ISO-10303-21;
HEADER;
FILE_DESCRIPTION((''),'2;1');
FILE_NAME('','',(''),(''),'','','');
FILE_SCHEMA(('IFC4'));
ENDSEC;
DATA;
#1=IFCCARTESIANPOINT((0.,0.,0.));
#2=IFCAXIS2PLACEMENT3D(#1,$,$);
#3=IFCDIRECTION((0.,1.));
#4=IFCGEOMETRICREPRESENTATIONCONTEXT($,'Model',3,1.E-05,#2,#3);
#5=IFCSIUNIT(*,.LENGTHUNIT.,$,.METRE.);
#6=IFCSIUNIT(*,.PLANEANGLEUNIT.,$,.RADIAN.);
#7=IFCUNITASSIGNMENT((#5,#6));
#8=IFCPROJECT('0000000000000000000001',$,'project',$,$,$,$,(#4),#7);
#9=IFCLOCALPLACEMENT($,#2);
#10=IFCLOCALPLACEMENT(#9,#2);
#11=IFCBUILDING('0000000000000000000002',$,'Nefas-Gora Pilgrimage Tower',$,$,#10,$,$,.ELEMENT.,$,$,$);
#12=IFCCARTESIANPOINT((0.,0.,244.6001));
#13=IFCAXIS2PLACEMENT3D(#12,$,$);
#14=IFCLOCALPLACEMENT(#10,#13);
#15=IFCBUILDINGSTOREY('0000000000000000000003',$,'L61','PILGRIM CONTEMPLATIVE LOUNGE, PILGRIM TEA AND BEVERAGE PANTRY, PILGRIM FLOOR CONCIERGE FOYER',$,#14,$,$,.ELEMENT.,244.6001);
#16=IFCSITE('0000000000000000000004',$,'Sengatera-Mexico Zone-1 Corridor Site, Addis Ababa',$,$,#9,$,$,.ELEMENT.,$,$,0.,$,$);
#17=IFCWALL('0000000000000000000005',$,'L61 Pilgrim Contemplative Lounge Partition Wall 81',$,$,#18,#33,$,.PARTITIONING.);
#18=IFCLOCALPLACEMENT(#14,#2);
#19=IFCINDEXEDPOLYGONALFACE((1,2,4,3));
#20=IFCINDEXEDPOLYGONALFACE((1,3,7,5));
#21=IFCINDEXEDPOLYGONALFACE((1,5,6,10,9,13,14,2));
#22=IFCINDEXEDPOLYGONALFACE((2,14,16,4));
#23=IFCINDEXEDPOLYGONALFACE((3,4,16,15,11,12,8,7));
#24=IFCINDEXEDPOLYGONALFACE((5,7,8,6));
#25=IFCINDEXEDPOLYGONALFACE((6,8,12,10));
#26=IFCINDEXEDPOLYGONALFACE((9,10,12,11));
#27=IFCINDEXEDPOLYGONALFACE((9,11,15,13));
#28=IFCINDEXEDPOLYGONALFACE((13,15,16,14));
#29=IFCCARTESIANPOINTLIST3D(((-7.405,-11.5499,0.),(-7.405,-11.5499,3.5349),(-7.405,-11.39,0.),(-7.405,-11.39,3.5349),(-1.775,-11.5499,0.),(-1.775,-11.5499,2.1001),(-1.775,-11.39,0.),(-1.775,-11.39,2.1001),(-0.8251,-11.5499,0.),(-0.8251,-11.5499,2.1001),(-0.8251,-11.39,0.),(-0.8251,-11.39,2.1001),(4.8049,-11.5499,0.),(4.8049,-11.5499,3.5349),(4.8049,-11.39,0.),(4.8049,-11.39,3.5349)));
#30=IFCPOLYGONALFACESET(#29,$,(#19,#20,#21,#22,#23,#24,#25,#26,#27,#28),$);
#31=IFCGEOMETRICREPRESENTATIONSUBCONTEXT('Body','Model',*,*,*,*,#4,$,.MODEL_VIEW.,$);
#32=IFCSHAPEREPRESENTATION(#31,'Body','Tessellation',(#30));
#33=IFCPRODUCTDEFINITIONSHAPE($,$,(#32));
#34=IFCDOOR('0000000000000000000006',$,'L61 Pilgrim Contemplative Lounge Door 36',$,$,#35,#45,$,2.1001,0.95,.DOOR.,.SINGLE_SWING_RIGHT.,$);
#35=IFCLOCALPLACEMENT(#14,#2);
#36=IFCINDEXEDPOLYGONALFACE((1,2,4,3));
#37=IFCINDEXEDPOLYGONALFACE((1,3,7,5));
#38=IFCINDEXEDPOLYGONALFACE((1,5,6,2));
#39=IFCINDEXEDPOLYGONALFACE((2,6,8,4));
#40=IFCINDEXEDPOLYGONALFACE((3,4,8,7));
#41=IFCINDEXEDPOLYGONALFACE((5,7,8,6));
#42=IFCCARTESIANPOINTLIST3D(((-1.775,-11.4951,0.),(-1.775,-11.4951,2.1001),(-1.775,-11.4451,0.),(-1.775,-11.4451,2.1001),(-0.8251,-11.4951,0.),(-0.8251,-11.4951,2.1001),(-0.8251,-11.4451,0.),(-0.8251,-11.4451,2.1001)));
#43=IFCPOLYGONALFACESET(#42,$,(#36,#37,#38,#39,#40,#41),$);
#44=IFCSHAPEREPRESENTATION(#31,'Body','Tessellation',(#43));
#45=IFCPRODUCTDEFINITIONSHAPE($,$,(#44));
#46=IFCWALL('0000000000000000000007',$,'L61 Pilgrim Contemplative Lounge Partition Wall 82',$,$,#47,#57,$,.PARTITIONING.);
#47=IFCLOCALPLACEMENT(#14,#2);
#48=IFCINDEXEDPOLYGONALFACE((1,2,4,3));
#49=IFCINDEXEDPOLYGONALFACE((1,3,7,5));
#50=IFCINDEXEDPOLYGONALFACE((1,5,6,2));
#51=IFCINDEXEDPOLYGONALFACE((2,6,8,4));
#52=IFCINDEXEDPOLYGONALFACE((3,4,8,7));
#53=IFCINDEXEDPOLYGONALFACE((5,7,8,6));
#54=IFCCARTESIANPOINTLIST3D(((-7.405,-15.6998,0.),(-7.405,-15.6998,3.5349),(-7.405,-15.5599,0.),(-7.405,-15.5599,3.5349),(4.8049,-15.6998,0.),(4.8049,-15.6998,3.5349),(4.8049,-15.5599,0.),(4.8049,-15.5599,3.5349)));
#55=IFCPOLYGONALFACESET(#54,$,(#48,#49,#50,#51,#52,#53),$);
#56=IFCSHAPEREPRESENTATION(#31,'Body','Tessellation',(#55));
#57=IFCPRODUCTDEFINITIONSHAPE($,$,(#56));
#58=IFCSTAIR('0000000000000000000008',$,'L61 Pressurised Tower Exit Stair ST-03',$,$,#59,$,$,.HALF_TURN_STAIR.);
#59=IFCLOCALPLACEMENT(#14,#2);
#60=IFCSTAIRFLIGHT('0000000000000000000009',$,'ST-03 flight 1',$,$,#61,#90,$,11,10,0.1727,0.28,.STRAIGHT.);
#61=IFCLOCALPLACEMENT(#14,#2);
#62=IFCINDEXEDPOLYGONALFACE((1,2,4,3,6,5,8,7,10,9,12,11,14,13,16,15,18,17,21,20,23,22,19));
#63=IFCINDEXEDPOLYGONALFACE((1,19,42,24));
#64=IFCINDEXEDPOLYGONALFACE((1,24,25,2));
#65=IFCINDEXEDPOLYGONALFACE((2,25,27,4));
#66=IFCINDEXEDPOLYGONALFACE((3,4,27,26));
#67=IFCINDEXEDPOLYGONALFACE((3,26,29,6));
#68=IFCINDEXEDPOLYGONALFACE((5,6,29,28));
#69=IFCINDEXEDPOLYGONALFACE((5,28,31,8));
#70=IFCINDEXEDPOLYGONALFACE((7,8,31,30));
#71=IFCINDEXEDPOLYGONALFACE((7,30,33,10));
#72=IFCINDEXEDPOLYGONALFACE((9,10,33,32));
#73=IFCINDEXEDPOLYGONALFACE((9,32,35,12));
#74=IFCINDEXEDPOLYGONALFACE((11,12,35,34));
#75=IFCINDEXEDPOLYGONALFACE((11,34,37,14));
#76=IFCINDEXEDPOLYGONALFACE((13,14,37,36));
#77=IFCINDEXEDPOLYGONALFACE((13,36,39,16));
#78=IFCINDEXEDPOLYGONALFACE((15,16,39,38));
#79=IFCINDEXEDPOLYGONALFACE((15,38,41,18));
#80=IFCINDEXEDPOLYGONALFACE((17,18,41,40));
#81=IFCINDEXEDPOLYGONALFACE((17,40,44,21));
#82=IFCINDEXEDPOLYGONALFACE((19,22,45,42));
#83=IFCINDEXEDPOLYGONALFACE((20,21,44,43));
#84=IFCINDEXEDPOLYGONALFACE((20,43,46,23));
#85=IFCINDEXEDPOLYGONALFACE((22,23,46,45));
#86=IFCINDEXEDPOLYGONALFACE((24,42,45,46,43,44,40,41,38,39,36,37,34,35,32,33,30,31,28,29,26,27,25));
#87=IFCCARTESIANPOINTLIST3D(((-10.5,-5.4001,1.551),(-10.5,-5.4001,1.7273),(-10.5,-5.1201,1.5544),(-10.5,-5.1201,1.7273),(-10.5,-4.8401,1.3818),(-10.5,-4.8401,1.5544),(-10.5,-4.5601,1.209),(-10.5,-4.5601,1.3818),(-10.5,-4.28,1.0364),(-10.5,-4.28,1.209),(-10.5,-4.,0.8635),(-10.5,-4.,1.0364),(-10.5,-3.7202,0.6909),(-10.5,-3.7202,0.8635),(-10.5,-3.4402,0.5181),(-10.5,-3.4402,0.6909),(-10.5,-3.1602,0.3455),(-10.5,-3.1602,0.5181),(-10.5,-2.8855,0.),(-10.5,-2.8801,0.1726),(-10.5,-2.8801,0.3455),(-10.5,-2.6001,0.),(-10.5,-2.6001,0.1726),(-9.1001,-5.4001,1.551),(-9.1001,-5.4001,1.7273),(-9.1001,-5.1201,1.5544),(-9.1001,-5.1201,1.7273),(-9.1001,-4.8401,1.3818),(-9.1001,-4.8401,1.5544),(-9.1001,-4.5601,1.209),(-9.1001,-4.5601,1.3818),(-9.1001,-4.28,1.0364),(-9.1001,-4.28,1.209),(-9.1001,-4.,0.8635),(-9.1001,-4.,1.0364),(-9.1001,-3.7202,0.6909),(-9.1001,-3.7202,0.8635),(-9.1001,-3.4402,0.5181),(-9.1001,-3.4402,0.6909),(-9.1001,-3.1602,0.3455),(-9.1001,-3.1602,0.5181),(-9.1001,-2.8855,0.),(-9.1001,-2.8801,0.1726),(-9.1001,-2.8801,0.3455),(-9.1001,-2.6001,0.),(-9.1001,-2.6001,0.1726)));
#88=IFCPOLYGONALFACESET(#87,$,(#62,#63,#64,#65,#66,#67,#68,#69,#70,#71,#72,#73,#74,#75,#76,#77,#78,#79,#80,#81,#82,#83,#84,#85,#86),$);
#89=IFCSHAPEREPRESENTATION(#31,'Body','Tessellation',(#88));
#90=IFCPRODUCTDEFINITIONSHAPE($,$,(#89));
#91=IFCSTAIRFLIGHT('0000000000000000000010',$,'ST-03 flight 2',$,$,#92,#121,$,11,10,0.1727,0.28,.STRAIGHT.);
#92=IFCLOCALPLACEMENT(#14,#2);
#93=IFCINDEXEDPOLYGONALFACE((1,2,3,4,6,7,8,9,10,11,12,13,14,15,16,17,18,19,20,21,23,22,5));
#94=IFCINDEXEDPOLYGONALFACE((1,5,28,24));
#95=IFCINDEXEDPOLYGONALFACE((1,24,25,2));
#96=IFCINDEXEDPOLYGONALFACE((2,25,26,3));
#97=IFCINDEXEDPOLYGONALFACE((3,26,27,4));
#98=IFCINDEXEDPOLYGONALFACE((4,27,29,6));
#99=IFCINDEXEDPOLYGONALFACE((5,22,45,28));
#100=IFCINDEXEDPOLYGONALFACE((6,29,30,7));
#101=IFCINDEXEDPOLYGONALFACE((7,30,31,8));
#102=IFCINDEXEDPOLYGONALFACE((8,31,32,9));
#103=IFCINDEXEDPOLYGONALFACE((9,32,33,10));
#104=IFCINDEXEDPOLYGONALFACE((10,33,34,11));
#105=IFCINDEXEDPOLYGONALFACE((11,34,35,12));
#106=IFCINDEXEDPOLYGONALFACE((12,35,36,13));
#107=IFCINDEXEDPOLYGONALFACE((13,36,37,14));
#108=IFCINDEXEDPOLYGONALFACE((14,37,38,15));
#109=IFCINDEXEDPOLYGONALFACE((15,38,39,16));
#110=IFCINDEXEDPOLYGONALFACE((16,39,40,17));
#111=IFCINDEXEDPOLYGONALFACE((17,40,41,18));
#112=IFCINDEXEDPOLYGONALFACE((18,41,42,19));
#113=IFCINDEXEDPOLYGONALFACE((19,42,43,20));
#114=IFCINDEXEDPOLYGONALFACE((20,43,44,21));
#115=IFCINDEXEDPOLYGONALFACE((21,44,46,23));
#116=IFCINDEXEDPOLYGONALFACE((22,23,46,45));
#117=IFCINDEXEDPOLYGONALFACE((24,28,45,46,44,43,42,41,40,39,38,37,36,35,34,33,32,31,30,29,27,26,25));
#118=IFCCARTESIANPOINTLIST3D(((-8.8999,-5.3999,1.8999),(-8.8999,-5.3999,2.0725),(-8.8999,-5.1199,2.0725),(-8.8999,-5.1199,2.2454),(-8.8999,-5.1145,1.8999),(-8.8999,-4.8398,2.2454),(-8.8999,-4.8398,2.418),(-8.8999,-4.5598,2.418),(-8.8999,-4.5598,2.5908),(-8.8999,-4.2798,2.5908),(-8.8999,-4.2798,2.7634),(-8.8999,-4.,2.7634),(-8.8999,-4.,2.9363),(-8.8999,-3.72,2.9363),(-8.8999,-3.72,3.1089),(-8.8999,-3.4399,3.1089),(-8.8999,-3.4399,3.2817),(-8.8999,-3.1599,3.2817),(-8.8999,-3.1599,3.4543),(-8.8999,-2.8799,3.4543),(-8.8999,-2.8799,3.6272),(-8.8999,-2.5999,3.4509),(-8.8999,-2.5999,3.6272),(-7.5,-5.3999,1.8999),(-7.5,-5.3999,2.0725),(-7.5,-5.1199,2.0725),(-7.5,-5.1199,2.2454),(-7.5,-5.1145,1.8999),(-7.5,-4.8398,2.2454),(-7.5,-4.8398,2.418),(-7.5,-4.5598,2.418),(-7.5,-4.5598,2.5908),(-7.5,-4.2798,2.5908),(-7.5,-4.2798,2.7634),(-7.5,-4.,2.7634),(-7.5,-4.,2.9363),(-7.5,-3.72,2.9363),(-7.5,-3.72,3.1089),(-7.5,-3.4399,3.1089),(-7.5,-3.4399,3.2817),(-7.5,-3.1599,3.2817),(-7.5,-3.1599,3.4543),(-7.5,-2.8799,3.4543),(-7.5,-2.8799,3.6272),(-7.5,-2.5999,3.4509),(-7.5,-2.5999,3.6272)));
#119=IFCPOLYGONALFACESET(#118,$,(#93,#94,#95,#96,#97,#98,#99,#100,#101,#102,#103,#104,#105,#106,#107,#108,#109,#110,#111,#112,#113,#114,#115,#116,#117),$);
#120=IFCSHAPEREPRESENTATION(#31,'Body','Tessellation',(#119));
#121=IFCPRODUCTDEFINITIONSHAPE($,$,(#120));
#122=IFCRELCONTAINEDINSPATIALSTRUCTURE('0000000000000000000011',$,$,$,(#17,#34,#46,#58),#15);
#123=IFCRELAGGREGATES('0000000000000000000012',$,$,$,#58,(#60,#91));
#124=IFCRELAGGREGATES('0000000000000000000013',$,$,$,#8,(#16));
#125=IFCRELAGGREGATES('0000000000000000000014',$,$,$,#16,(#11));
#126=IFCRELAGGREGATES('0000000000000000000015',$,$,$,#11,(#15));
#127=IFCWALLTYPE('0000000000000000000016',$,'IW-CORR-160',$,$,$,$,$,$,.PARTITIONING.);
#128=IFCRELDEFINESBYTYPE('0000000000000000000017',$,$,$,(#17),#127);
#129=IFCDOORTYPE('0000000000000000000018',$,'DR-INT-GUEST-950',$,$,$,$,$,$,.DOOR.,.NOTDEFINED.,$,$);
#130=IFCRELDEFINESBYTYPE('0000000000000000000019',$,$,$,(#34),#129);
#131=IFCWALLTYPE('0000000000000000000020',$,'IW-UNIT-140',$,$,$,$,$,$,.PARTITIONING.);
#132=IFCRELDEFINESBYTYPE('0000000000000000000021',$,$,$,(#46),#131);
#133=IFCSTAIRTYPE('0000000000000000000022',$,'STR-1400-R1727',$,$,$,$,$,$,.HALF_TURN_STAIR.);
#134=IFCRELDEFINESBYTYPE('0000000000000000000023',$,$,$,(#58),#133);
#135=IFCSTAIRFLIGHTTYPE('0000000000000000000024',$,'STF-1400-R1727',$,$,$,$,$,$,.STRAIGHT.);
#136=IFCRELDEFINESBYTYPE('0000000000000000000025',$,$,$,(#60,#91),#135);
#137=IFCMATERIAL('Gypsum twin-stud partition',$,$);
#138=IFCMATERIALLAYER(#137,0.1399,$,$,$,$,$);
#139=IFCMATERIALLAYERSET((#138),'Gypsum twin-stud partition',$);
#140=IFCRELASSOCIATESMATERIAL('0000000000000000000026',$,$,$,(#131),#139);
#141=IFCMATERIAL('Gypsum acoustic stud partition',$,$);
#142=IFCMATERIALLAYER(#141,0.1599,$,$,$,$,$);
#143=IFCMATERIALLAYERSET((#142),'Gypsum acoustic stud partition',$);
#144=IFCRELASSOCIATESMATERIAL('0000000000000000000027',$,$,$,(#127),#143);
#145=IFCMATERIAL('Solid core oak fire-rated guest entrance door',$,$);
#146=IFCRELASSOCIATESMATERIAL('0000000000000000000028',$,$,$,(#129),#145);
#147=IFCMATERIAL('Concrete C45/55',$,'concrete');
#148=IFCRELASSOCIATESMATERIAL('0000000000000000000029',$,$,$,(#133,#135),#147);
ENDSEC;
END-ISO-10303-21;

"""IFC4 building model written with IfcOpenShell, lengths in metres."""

from ifc_helpers import new_model, si_unit, direction, frame, frame_2d, origin, place, context, subcontext, project, spatial, polyline, rectangle, outline, extrude, source, transform, mapped, material, layer, layer_set, type_object, element, fill, aggregate, save


model = new_model("IFC4")

# Units and contexts
model_context = context("Model", 3, precision=1e-05, world=origin(), true_north=direction((0.0, 1.0)))
body_context = subcontext(model_context, "Body", "Model", "MODEL_VIEW")
ifc_project = project(units=[si_unit("LENGTHUNIT", "METRE"), si_unit("PLANEANGLEUNIT", "RADIAN")], contexts=[model_context])

# Site, building, storey
site_placement = place(None, origin())
site = spatial("IfcSite", under=ifc_project, at=site_placement, Name="Sengatera-Mexico Zone-1 Corridor Site, Addis Ababa", CompositionType="ELEMENT", RefElevation=0.0)
building_placement = place(site_placement, origin())
building = spatial("IfcBuilding", under=site, at=building_placement, Name="Nefas-Gora Pilgrimage Tower", CompositionType="ELEMENT")
storey_placement = place(building_placement, frame((0.0, 0.0, 244.6001)))
storey = spatial("IfcBuildingStorey", under=building, at=storey_placement, Name="L61", Description="PILGRIM CONTEMPLATIVE LOUNGE, PILGRIM TEA AND BEVERAGE PANTRY, PILGRIM FLOOR CONCIERGE FOYER", CompositionType="ELEMENT", Elevation=244.6001)

# Shared definitions
ifc_material_1 = material(Name="Concrete C45/55", Category="concrete")

# Shared definitions
ifc_material_2 = material(Name="Gypsum twin-stud partition")
ifc_layer_1 = layer(ifc_material_2, 0.1399)
ifc_layer_set_1 = layer_set([ifc_layer_1], Name="Gypsum twin-stud partition")
wall_type_1 = type_object("IfcWallType", Name="IW-UNIT-140", PredefinedType="PARTITIONING", material=ifc_layer_set_1)
ifc_material_3 = material(Name="Gypsum acoustic stud partition")
ifc_layer_2 = layer(ifc_material_3, 0.1599)
ifc_layer_set_2 = layer_set([ifc_layer_2], Name="Gypsum acoustic stud partition")
wall_type_2 = type_object("IfcWallType", Name="IW-CORR-160", PredefinedType="PARTITIONING", material=ifc_layer_set_2)

# Wall, opening, door
shared_shape_1 = source(origin(), body_context, "Body", "SweptSolid", [
    extrude(rectangle(XDim=12.21, YDim=0.1599, at=frame_2d((6.105, 0.0))), origin(), (0.0, 0.0, 1.0), 3.5349),
])
wall_1_placement = place(storey_placement, frame((-7.405, -11.47, 0.0), z_axis=(0.0, 0.0, 1.0), x_axis=(1.0, 0.0, 0.0)))
wall_1 = element("IfcWall", 1, at=wall_1_placement, inside=storey, type_object=wall_type_2, Name="L61 Pilgrim Contemplative Lounge Partition Wall 81", PredefinedType="PARTITIONING", context=body_context, shape_type="MappedRepresentation", body=[
    mapped(shared_shape_1, transform((0.0, 0.0, 0.0), x_axis=(1.0, 0.0, 0.0), y_axis=(0.0, 1.0, 0.0), z_axis=(0.0, 0.0, 1.0), scale=1.0)),
])
opening_1_placement = place(wall_1_placement, frame((5.6299, 0.0, 0.0)))
opening_1 = element("IfcOpeningElement", 2, at=opening_1_placement, cuts=wall_1, PredefinedType="OPENING", context=body_context, shape_type="SweptSolid", body=[
    extrude(rectangle(XDim=0.95, YDim=2.1001, at=frame_2d((0.4751, 1.05))), frame((0.0, 0.0898, 0.0), z_axis=(0.0, -1.0, 0.0), x_axis=(1.0, 0.0, 0.0)), (0.0, 0.0, 1.0), 0.1799),
])
ifc_material_4 = material(Name="Solid core oak fire-rated guest entrance door")
door_type_1 = type_object("IfcDoorType", Name="DR-INT-GUEST-950", OperationType="NOTDEFINED", PredefinedType="DOOR", material=ifc_material_4)
shared_shape_2 = source(origin(), body_context, "Body", "SweptSolid", [
    extrude(rectangle(XDim=0.95, YDim=2.1001, at=frame_2d((0.4751, 1.05))), frame((0.0, 0.0249, 0.0), z_axis=(0.0, -1.0, 0.0), x_axis=(1.0, 0.0, 0.0)), (0.0, 0.0, 1.0), 0.05),
])
door_1_placement = place(opening_1_placement, origin())
door_1 = element("IfcDoor", 3, at=door_1_placement, inside=storey, type_object=door_type_1, Name="L61 Pilgrim Contemplative Lounge Door 36", OperationType="SINGLE_SWING_RIGHT", OverallHeight=2.1001, OverallWidth=0.95, PredefinedType="DOOR", context=body_context, shape_type="MappedRepresentation", body=[
    mapped(shared_shape_2, transform((0.0, 0.0, 0.0), x_axis=(1.0, 0.0, 0.0), y_axis=(0.0, 1.0, 0.0), z_axis=(0.0, 0.0, 1.0), scale=1.0)),
])
fill(opening_1, door_1)

# Wall
shared_shape_3 = source(origin(), body_context, "Body", "SweptSolid", [
    extrude(rectangle(XDim=12.21, YDim=0.1399, at=frame_2d((6.105, 0.0))), origin(), (0.0, 0.0, 1.0), 3.5349),
])
wall_2_placement = place(storey_placement, frame((-7.405, -15.6299, 0.0), z_axis=(0.0, 0.0, 1.0), x_axis=(1.0, 0.0, 0.0)))
element("IfcWall", 4, at=wall_2_placement, inside=storey, type_object=wall_type_1, Name="L61 Pilgrim Contemplative Lounge Partition Wall 82", PredefinedType="PARTITIONING", context=body_context, shape_type="MappedRepresentation", body=[
    mapped(shared_shape_3, transform((0.0, 0.0, 0.0), x_axis=(1.0, 0.0, 0.0), y_axis=(0.0, 1.0, 0.0), z_axis=(0.0, 0.0, 1.0), scale=1.0)),
])

# Stair, stair flights
stair_type = type_object("IfcStairType", Name="STR-1400-R1727", PredefinedType="HALF_TURN_STAIR", material=ifc_material_1)
stair_placement = place(storey_placement, origin())
stair = element("IfcStair", 5, at=stair_placement, inside=storey, type_object=stair_type, Name="L61 Pressurised Tower Exit Stair ST-03", PredefinedType="HALF_TURN_STAIR")
stair_flight_type = type_object("IfcStairFlightType", Name="STF-1400-R1727", PredefinedType="STRAIGHT", material=ifc_material_1)
shared_shape_4 = source(origin(), body_context, "Body", "SweptSolid", [
    extrude(outline(polyline([(0.0, 0.0), (0.0, 0.1726), (0.28, 0.1726), (0.28, 0.3455), (0.5601, 0.3455), (0.5601, 0.5181), (0.8401, 0.5181), (0.8401, 0.6909), (1.1201, 0.6909), (1.1201, 0.8635), (1.3999, 0.8635), (1.3999, 1.0364), (1.6799, 1.0364), (1.6799, 1.209), (1.96, 1.209), (1.96, 1.3818), (2.24, 1.3818), (2.24, 1.5544), (2.52, 1.5544), (2.52, 1.7273), (2.8, 1.7273), (2.8, 1.8999), (2.8, 1.551), (0.2854, 0.0), (0.0, 0.0)])), frame((0.0, 0.7, 0.0), z_axis=(0.0, -1.0, 0.0), x_axis=(1.0, 0.0, 0.0)), (0.0, 0.0, 1.0), 1.3999),
])
stair_flight_1_placement = place(storey_placement, frame((-9.8, -2.6001, 0.0), z_axis=(0.0, 0.0, 1.0), x_axis=(0.0, -1.0, 0.0)))
stair_flight_1 = element("IfcStairFlight", 6, at=stair_flight_1_placement, type_object=stair_flight_type, Name="ST-03 flight 1", NumberOfRisers=11, NumberOfTreads=10, PredefinedType="STRAIGHT", RiserHeight=0.1727, TreadLength=0.28, context=body_context, shape_type="MappedRepresentation", body=[
    mapped(shared_shape_4, transform((0.0, 0.0, 0.0), x_axis=(1.0, 0.0, 0.0), y_axis=(0.0, 1.0, 0.0), z_axis=(0.0, 0.0, 1.0), scale=1.0)),
])
stair_flight_2_placement = place(storey_placement, frame((-8.2, -5.3999, 1.8999), z_axis=(0.0, 0.0, 1.0), x_axis=(0.0, 1.0, 0.0)))
stair_flight_2 = element("IfcStairFlight", 7, at=stair_flight_2_placement, type_object=stair_flight_type, Name="ST-03 flight 2", NumberOfRisers=11, NumberOfTreads=10, PredefinedType="STRAIGHT", RiserHeight=0.1727, TreadLength=0.28, context=body_context, shape_type="MappedRepresentation", body=[
    mapped(shared_shape_4, transform((0.0, 0.0, 0.0), x_axis=(1.0, 0.0, 0.0), y_axis=(0.0, 1.0, 0.0), z_axis=(0.0, 0.0, 1.0), scale=1.0)),
])
aggregate(stair, [stair_flight_1, stair_flight_2])

save(model, "model.ifc")
